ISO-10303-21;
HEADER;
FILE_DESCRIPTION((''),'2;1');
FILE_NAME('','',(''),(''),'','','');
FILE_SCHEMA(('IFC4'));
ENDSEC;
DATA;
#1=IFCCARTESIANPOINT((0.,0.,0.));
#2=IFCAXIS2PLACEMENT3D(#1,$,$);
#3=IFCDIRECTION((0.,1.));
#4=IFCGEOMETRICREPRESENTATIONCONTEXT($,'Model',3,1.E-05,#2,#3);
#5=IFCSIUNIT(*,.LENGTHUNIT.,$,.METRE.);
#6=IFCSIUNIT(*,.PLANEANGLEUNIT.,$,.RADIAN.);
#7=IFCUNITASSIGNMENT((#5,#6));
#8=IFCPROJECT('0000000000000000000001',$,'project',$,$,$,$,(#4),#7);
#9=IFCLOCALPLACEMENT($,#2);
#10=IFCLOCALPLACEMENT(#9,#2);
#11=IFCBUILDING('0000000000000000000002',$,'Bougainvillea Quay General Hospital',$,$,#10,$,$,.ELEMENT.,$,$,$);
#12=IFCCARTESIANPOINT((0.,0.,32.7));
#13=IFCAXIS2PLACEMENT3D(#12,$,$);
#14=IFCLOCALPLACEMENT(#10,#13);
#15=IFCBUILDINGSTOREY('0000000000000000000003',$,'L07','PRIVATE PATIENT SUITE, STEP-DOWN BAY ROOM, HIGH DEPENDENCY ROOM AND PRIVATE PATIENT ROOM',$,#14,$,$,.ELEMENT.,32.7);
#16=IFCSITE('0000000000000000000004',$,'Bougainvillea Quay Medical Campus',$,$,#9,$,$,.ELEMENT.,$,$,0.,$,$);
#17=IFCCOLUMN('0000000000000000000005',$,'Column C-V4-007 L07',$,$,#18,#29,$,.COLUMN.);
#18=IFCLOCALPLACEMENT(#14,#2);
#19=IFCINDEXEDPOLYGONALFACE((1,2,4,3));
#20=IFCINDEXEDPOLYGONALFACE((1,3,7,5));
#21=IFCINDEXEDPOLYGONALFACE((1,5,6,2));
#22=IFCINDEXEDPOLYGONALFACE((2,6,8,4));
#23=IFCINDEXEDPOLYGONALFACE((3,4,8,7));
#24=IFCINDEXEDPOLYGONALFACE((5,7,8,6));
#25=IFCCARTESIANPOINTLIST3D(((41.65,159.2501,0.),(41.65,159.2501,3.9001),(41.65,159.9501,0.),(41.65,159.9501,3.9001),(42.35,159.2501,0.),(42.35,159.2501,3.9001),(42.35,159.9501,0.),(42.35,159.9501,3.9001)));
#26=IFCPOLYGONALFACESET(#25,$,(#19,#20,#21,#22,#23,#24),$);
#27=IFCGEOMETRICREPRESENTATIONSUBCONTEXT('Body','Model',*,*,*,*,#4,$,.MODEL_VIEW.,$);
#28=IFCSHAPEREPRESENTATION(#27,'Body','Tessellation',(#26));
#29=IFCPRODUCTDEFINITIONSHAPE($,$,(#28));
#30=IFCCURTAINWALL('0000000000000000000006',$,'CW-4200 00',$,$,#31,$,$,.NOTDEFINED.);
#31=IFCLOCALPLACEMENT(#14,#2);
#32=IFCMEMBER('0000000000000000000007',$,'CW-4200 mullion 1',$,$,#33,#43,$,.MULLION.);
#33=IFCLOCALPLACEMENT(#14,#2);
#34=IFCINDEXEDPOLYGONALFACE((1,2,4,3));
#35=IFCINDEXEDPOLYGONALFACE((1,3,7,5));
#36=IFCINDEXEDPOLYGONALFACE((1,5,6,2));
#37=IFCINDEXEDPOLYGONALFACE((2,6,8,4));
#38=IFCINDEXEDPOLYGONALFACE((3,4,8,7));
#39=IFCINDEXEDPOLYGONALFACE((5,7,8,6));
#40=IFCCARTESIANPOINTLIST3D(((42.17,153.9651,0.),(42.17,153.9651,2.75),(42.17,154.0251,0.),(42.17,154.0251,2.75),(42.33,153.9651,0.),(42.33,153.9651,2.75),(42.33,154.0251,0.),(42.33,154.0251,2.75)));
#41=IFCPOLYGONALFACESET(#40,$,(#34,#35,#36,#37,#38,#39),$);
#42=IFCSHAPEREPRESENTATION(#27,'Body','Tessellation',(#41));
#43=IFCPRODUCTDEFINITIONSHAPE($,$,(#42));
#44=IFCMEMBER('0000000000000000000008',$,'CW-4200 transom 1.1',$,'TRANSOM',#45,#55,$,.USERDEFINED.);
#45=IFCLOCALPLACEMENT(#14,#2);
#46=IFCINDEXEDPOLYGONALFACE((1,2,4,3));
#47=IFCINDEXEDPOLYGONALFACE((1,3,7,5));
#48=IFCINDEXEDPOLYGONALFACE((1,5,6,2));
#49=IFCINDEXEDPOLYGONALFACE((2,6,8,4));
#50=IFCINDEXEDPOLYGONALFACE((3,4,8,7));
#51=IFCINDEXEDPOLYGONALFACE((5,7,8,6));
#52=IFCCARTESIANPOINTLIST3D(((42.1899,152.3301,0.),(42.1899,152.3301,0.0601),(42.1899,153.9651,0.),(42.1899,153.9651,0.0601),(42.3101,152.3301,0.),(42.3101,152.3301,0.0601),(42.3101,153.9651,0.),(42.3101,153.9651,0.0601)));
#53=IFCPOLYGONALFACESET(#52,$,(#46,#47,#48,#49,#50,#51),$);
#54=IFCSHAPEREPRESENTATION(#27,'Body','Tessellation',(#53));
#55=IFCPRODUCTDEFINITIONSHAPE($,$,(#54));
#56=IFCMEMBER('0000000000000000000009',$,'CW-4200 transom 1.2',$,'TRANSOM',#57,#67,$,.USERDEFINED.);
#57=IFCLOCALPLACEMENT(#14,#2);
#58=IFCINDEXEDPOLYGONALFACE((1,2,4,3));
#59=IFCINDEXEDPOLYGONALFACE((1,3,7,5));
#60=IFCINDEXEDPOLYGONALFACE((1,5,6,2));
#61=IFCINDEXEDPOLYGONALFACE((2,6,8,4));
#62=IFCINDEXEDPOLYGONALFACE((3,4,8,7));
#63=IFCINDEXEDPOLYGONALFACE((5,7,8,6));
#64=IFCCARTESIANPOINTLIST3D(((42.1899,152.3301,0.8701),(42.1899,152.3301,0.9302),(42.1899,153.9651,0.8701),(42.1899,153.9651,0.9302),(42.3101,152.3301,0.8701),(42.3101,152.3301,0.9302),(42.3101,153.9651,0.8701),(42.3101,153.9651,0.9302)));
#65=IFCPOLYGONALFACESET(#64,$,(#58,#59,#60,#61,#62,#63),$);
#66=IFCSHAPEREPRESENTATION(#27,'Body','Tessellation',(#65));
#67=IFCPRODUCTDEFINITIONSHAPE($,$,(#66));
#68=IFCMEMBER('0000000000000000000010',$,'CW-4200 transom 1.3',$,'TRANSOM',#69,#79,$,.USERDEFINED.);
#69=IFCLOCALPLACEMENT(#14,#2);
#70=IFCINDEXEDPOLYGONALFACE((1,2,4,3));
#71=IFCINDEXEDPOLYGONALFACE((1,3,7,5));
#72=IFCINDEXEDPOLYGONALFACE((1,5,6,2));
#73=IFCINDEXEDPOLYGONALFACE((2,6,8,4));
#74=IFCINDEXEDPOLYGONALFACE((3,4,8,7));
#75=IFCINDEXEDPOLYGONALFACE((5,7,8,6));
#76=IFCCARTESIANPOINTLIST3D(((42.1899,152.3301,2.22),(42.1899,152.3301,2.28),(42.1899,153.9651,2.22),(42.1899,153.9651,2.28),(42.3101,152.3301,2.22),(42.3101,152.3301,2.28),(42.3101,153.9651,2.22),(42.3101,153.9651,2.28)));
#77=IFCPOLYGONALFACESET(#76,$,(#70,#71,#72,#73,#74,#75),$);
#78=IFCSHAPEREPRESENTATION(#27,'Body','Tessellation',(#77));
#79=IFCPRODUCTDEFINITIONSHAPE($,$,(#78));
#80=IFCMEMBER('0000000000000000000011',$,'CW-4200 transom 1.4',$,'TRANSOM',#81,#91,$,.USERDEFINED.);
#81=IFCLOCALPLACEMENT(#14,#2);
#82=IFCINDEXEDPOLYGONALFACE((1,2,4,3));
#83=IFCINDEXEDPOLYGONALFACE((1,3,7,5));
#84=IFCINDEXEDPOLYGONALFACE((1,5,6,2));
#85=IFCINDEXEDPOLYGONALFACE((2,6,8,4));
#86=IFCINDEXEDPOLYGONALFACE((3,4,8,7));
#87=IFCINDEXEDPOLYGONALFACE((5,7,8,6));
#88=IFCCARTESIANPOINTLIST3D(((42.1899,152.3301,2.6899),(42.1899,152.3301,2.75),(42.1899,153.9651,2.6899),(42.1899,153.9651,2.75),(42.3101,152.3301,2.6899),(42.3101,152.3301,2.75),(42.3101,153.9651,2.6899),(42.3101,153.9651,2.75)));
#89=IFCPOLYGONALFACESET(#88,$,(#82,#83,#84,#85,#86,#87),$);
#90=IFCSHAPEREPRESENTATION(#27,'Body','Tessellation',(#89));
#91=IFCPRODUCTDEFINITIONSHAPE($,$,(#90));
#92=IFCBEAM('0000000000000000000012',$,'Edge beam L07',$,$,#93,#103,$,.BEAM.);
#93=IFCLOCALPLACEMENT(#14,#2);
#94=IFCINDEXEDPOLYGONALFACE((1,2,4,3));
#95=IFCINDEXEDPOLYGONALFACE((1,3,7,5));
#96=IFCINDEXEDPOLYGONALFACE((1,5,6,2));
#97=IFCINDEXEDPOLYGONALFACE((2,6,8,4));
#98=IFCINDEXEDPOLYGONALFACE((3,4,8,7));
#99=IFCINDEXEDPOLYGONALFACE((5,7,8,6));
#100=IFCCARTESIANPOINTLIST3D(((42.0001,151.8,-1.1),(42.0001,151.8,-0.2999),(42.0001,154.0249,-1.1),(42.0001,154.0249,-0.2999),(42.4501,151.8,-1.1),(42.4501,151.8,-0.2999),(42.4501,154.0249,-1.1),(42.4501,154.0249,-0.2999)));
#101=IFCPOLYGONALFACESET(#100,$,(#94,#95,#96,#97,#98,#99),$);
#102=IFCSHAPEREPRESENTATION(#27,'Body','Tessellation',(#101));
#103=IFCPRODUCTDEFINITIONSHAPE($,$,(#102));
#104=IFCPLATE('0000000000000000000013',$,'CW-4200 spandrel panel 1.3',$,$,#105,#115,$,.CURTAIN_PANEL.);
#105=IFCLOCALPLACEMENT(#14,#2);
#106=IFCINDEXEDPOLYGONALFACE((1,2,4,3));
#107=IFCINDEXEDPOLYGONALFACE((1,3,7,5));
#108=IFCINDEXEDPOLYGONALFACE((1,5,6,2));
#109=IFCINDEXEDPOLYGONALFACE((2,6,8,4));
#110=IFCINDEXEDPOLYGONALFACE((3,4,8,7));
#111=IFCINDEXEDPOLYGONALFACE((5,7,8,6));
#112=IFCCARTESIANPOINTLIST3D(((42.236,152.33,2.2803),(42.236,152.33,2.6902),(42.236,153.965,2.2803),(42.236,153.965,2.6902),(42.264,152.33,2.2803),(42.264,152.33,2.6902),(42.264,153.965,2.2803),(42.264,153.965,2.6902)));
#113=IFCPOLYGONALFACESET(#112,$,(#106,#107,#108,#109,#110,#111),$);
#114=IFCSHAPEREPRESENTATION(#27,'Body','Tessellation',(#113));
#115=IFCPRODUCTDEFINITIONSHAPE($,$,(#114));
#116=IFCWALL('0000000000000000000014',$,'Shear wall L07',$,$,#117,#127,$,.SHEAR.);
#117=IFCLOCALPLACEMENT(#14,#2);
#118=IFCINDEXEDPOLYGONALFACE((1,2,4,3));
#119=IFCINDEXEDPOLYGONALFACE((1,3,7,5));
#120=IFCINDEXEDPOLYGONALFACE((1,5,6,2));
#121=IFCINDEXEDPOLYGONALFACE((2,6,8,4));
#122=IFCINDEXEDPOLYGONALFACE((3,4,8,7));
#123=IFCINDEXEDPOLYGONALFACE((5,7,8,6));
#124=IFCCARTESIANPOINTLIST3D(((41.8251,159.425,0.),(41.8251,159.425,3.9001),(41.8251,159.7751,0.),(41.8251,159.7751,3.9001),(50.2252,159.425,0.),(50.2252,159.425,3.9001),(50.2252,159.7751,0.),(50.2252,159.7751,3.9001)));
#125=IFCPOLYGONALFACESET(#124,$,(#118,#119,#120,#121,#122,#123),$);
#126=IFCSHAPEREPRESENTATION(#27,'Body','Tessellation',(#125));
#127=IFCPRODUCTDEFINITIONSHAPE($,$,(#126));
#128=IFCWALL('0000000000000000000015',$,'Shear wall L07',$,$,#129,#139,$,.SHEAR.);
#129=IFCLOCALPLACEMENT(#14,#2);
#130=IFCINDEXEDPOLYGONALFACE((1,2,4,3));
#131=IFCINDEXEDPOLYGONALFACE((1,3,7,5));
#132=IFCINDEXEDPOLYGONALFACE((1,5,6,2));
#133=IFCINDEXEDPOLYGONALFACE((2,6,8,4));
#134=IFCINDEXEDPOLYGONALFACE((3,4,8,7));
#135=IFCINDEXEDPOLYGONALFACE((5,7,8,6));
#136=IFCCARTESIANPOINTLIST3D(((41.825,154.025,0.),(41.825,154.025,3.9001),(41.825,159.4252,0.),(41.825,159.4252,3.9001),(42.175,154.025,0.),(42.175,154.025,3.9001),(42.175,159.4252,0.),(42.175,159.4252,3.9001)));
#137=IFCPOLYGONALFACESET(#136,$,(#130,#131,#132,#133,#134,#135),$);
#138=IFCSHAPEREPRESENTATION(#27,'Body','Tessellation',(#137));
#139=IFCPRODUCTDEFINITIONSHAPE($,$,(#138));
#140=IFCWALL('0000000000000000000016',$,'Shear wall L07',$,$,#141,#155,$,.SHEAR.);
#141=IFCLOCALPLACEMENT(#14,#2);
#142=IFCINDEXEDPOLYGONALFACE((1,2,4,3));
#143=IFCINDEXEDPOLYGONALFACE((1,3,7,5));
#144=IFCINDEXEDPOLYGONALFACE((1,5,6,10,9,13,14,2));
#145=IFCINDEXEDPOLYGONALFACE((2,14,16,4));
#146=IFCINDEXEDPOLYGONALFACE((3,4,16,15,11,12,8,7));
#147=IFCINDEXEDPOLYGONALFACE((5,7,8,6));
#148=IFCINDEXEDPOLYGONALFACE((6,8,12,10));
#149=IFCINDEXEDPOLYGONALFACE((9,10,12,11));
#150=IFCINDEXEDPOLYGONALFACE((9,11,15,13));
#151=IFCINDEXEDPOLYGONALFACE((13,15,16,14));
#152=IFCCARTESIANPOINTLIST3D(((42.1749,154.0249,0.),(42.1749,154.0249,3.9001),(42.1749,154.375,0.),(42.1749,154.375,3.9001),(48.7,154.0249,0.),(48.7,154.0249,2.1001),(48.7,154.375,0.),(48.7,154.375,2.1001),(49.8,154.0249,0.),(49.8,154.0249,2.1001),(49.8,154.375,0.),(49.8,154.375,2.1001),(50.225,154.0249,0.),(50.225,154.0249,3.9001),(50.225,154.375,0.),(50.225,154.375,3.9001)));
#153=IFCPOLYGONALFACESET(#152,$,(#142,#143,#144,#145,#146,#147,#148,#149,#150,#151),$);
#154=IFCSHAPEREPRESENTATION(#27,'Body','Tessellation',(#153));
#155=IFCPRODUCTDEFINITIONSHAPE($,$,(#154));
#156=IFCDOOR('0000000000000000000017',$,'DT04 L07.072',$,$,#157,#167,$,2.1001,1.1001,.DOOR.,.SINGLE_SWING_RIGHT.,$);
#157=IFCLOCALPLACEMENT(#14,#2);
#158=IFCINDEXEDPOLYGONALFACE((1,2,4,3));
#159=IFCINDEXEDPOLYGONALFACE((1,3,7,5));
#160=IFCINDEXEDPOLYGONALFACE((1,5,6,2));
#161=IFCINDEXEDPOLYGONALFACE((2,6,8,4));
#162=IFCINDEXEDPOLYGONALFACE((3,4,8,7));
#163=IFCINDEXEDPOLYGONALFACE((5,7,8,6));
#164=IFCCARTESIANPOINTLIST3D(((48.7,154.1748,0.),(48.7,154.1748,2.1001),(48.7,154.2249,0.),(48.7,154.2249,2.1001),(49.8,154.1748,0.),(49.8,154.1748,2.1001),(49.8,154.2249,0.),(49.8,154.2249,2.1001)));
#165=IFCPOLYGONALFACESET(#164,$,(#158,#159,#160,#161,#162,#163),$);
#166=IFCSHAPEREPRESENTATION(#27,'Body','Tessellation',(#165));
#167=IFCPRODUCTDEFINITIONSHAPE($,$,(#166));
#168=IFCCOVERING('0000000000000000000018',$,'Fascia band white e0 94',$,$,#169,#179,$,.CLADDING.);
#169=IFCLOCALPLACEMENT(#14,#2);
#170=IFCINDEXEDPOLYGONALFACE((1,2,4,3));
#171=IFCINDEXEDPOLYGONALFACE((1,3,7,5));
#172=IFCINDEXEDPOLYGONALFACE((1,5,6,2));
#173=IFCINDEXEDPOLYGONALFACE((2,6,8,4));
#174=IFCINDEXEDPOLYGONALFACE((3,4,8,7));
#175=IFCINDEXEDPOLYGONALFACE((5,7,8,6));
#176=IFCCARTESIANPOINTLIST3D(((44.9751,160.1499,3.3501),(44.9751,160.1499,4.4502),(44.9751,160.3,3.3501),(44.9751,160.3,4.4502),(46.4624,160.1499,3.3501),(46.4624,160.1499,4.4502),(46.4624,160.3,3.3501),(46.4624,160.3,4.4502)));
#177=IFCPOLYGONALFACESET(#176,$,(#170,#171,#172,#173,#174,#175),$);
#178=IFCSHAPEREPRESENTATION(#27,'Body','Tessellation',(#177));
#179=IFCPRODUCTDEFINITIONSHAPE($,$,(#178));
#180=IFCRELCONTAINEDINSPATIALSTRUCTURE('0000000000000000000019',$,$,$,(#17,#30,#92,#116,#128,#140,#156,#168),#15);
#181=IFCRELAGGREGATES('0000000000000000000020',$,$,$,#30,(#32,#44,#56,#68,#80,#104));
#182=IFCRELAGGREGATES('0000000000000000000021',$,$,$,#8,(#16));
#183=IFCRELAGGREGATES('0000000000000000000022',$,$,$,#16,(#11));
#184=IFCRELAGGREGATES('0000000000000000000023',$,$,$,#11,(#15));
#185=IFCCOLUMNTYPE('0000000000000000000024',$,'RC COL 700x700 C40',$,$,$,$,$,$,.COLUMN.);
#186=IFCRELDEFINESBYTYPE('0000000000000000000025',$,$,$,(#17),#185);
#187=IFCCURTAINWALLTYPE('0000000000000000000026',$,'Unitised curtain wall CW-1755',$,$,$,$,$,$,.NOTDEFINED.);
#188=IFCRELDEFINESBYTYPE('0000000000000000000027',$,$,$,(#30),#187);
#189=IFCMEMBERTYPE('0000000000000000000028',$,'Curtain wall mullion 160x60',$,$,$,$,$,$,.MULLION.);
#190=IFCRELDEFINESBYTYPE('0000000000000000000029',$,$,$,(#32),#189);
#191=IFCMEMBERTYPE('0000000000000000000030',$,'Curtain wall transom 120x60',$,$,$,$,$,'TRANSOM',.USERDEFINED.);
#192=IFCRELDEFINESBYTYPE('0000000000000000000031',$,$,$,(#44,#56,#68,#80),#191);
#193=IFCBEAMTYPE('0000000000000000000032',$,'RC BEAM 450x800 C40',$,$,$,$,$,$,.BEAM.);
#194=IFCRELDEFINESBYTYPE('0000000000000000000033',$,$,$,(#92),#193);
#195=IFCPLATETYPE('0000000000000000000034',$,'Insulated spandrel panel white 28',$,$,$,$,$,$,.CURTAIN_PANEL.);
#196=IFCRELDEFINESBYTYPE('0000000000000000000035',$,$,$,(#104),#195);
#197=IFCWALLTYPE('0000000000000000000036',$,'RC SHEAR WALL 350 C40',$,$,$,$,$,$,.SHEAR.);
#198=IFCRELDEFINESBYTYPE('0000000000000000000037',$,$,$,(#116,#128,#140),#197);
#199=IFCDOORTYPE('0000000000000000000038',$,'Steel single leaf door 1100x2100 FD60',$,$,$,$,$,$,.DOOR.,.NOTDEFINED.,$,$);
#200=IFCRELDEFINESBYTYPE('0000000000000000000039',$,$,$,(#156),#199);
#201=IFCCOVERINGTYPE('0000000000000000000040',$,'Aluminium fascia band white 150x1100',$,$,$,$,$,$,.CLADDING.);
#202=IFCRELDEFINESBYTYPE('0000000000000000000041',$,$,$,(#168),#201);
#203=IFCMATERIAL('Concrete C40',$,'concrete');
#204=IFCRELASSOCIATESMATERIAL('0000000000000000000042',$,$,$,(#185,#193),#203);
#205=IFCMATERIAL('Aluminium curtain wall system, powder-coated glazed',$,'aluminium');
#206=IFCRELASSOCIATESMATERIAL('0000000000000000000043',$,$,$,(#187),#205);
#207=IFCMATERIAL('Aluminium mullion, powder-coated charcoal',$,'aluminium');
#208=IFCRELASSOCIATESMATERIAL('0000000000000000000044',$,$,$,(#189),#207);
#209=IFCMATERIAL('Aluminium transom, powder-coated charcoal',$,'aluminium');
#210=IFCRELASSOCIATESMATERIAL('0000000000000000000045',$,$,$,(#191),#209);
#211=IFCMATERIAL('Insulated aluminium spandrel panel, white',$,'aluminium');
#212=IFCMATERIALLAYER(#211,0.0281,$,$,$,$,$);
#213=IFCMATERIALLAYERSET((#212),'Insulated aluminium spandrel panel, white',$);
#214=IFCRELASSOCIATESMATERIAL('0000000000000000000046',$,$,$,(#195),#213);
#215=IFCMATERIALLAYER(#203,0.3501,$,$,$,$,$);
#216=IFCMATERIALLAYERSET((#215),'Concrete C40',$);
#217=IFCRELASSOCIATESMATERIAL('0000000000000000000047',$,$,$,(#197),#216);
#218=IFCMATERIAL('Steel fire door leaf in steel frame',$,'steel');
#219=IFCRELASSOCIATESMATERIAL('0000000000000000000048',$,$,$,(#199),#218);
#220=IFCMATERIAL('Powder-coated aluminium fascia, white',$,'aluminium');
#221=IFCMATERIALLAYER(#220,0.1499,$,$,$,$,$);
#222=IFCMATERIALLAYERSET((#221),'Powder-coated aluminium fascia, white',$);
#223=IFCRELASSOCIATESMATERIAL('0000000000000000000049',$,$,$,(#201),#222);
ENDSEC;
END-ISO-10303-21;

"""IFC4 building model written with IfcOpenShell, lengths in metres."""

from ifc_helpers import new_model, si_unit, direction, frame, frame_2d, origin, origin_2d, place, context, subcontext, project, spatial, polyline, rectangle, outline, extrude, material, layer, layer_set, material_profile, profile_set, type_object, element, fill, aggregate, save


model = new_model("IFC4")

# Units and contexts
model_context = context("Model", 3, precision=1e-05, world=origin(), true_north=direction((0.0, 1.0)))
body_context = subcontext(model_context, "Body", "Model", "MODEL_VIEW")
ifc_project = project(units=[si_unit("LENGTHUNIT", "METRE"), si_unit("PLANEANGLEUNIT", "RADIAN")], contexts=[model_context])

# Site, building, storey
site_placement = place(None, origin())
site = spatial("IfcSite", under=ifc_project, at=site_placement, Name="Bougainvillea Quay Medical Campus", CompositionType="ELEMENT", RefElevation=0.0)
building_placement = place(site_placement, origin())
building = spatial("IfcBuilding", under=site, at=building_placement, Name="Bougainvillea Quay General Hospital", CompositionType="ELEMENT")
storey_placement = place(building_placement, frame((0.0, 0.0, 32.7)))
storey = spatial("IfcBuildingStorey", under=building, at=storey_placement, Name="L07", Description="PRIVATE PATIENT SUITE, STEP-DOWN BAY ROOM, HIGH DEPENDENCY ROOM AND PRIVATE PATIENT ROOM", CompositionType="ELEMENT", Elevation=32.7)

# Column
ifc_material_1 = material(Name="Concrete C40", Category="concrete")
ifc_material_profile_1 = material_profile(ifc_material_1, rectangle(XDim=0.7, YDim=0.7, at=origin_2d()))
ifc_profile_set_1 = profile_set([ifc_material_profile_1], Name="Concrete C40")
column_type = type_object("IfcColumnType", Name="RC COL 700x700 C40", PredefinedType="COLUMN", material=ifc_profile_set_1)
column_placement = place(storey_placement, frame((42.0, 159.6001, 0.0), z_axis=(0.0, 0.0, 1.0), x_axis=(1.0, 0.0, 0.0)))
element("IfcColumn", 1, at=column_placement, inside=storey, type_object=column_type, Name="Column C-V4-007 L07", PredefinedType="COLUMN", context=body_context, shape_type="SweptSolid", body=[
    extrude(rectangle(XDim=0.7, YDim=0.7, at=origin_2d()), origin(), (0.0, 0.0, 1.0), 3.9001),
])

# Curtain wall, members
ifc_material_2 = material(Name="Aluminium curtain wall system, powder-coated glazed", Category="aluminium")
curtain_wall_type = type_object("IfcCurtainWallType", Name="Unitised curtain wall CW-1755", PredefinedType="NOTDEFINED", material=ifc_material_2)
curtain_wall_placement = place(storey_placement, origin())
curtain_wall = element("IfcCurtainWall", 2, at=curtain_wall_placement, inside=storey, type_object=curtain_wall_type, Name="CW-4200 00", PredefinedType="NOTDEFINED")
ifc_material_3 = material(Name="Aluminium mullion, powder-coated charcoal", Category="aluminium")
ifc_material_profile_2 = material_profile(ifc_material_3, rectangle(XDim=0.1599, YDim=0.0601, at=origin_2d()))
ifc_profile_set_2 = profile_set([ifc_material_profile_2], Name="Aluminium mullion, powder-coated charcoal")
member_type_1 = type_object("IfcMemberType", Name="Curtain wall mullion 160x60", PredefinedType="MULLION", material=ifc_profile_set_2)
member_1_placement = place(storey_placement, frame((42.25, 153.9951, 0.0), z_axis=(0.0, 0.0, 1.0), x_axis=(1.0, 0.0, 0.0)))
member_1 = element("IfcMember", 3, at=member_1_placement, type_object=member_type_1, Name="CW-4200 mullion 1", PredefinedType="MULLION", context=body_context, shape_type="SweptSolid", body=[
    extrude(rectangle(XDim=0.1599, YDim=0.0601, at=origin_2d()), origin(), (0.0, 0.0, 1.0), 2.75),
])
ifc_material_4 = material(Name="Aluminium transom, powder-coated charcoal", Category="aluminium")
ifc_material_profile_3 = material_profile(ifc_material_4, rectangle(XDim=0.1201, YDim=0.0601, at=origin_2d()))
ifc_profile_set_3 = profile_set([ifc_material_profile_3], Name="Aluminium transom, powder-coated charcoal")
member_type_2 = type_object("IfcMemberType", Name="Curtain wall transom 120x60", ElementType="TRANSOM", PredefinedType="USERDEFINED", material=ifc_profile_set_3)
member_2_placement = place(storey_placement, frame((42.25, 153.9651, 0.03), z_axis=(0.0, -1.0, 0.0), x_axis=(1.0, 0.0, 0.0)))
member_2 = element("IfcMember", 4, at=member_2_placement, type_object=member_type_2, Name="CW-4200 transom 1.1", ObjectType="TRANSOM", PredefinedType="USERDEFINED", context=body_context, shape_type="SweptSolid", body=[
    extrude(rectangle(XDim=0.1201, YDim=0.0601, at=origin_2d()), origin(), (0.0, 0.0, 1.0), 1.635),
])
member_3_placement = place(storey_placement, frame((42.25, 153.9651, 0.9001), z_axis=(0.0, -1.0, 0.0), x_axis=(1.0, 0.0, 0.0)))
member_3 = element("IfcMember", 5, at=member_3_placement, type_object=member_type_2, Name="CW-4200 transom 1.2", ObjectType="TRANSOM", PredefinedType="USERDEFINED", context=body_context, shape_type="SweptSolid", body=[
    extrude(rectangle(XDim=0.1201, YDim=0.0601, at=origin_2d()), origin(), (0.0, 0.0, 1.0), 1.635),
])
member_4_placement = place(storey_placement, frame((42.25, 153.9651, 2.25), z_axis=(0.0, -1.0, 0.0), x_axis=(1.0, 0.0, 0.0)))
member_4 = element("IfcMember", 6, at=member_4_placement, type_object=member_type_2, Name="CW-4200 transom 1.3", ObjectType="TRANSOM", PredefinedType="USERDEFINED", context=body_context, shape_type="SweptSolid", body=[
    extrude(rectangle(XDim=0.1201, YDim=0.0601, at=origin_2d()), origin(), (0.0, 0.0, 1.0), 1.635),
])
member_5_placement = place(storey_placement, frame((42.25, 153.9651, 2.72), z_axis=(0.0, -1.0, 0.0), x_axis=(1.0, 0.0, 0.0)))
member_5 = element("IfcMember", 7, at=member_5_placement, type_object=member_type_2, Name="CW-4200 transom 1.4", ObjectType="TRANSOM", PredefinedType="USERDEFINED", context=body_context, shape_type="SweptSolid", body=[
    extrude(rectangle(XDim=0.1201, YDim=0.0601, at=origin_2d()), origin(), (0.0, 0.0, 1.0), 1.635),
])

# Beam
ifc_material_profile_4 = material_profile(ifc_material_1, rectangle(XDim=0.45, YDim=0.8, at=origin_2d()))
ifc_profile_set_4 = profile_set([ifc_material_profile_4], Name="Concrete C40")
beam_type = type_object("IfcBeamType", Name="RC BEAM 450x800 C40", PredefinedType="BEAM", material=ifc_profile_set_4)
beam_placement = place(storey_placement, frame((42.2251, 154.0249, -0.7), z_axis=(0.0, -1.0, 0.0), x_axis=(1.0, 0.0, 0.0)))
element("IfcBeam", 8, at=beam_placement, inside=storey, type_object=beam_type, Name="Edge beam L07", PredefinedType="BEAM", context=body_context, shape_type="SweptSolid", body=[
    extrude(rectangle(XDim=0.45, YDim=0.8, at=origin_2d()), origin(), (0.0, 0.0, 1.0), 2.2249),
])

# Plate
ifc_material_5 = material(Name="Insulated aluminium spandrel panel, white", Category="aluminium")
ifc_layer_1 = layer(ifc_material_5, 0.0281)
ifc_layer_set_1 = layer_set([ifc_layer_1], Name="Insulated aluminium spandrel panel, white")
plate_type = type_object("IfcPlateType", Name="Insulated spandrel panel white 28", PredefinedType="CURTAIN_PANEL", material=ifc_layer_set_1)
plate_placement = place(storey_placement, frame((42.25, 153.1475, 2.2803), z_axis=(0.0, 0.0, 1.0), x_axis=(0.0, -1.0, 0.0)))
plate = element("IfcPlate", 9, at=plate_placement, type_object=plate_type, Name="CW-4200 spandrel panel 1.3", PredefinedType="CURTAIN_PANEL", context=body_context, shape_type="SweptSolid", body=[
    extrude(rectangle(XDim=1.635, YDim=0.0281, at=origin_2d()), origin(), (0.0, 0.0, 1.0), 0.4099),
])
aggregate(curtain_wall, [member_1, member_2, member_3, member_4, member_5, plate])

# Walls
ifc_layer_2 = layer(ifc_material_1, 0.3501)
ifc_layer_set_2 = layer_set([ifc_layer_2], Name="Concrete C40")
wall_type = type_object("IfcWallType", Name="RC SHEAR WALL 350 C40", PredefinedType="SHEAR", material=ifc_layer_set_2)
wall_1_placement = place(storey_placement, frame((41.825, 159.6001, 0.0), z_axis=(0.0, 0.0, 1.0), x_axis=(1.0, 0.0, 0.0)))
element("IfcWall", 10, at=wall_1_placement, inside=storey, type_object=wall_type, Name="Shear wall L07", PredefinedType="SHEAR", context=body_context, shape_type="SweptSolid", body=[
    extrude(rectangle(XDim=8.4001, YDim=0.3501, at=frame_2d((4.2002, 0.0))), origin(), (0.0, 0.0, 1.0), 3.9001),
])
wall_2_placement = place(storey_placement, frame((42.0, 154.0249, 0.0), z_axis=(0.0, 0.0, 1.0), x_axis=(0.0, 1.0, 0.0)))
element("IfcWall", 11, at=wall_2_placement, inside=storey, type_object=wall_type, Name="Shear wall L07", PredefinedType="SHEAR", context=body_context, shape_type="SweptSolid", body=[
    extrude(rectangle(XDim=5.4001, YDim=0.3501, at=frame_2d((2.7002, 0.0))), origin(), (0.0, 0.0, 1.0), 3.9001),
])

# Wall, opening, door
wall_3_placement = place(storey_placement, frame((42.175, 154.2, 0.0), z_axis=(0.0, 0.0, 1.0), x_axis=(1.0, 0.0, 0.0)))
wall_3 = element("IfcWall", 12, at=wall_3_placement, inside=storey, type_object=wall_type, Name="Shear wall L07", PredefinedType="SHEAR", context=body_context, shape_type="SweptSolid", body=[
    extrude(rectangle(XDim=8.05, YDim=0.3501, at=frame_2d((4.0249, 0.0))), origin(), (0.0, 0.0, 1.0), 3.9001),
])
opening_placement = place(wall_3_placement, frame((6.5249, 0.0, 0.0)))
opening = element("IfcOpeningElement", 13, at=opening_placement, cuts=wall_3, PredefinedType="OPENING", context=body_context, shape_type="SweptSolid", body=[
    extrude(rectangle(XDim=1.1001, YDim=2.1001, at=frame_2d((0.55, 1.05))), frame((0.0, 0.1851, 0.0), z_axis=(0.0, -1.0, 0.0), x_axis=(1.0, 0.0, 0.0)), (0.0, 0.0, 1.0), 0.3701),
])
ifc_material_6 = material(Name="Steel fire door leaf in steel frame", Category="steel")
door_type = type_object("IfcDoorType", Name="Steel single leaf door 1100x2100 FD60", OperationType="NOTDEFINED", PredefinedType="DOOR", material=ifc_material_6)
door_placement = place(opening_placement, origin())
door = element("IfcDoor", 14, at=door_placement, inside=storey, type_object=door_type, Name="DT04 L07.072", OperationType="SINGLE_SWING_RIGHT", OverallHeight=2.1001, OverallWidth=1.1001, PredefinedType="DOOR", context=body_context, shape_type="SweptSolid", body=[
    extrude(rectangle(XDim=1.1001, YDim=2.1001, at=frame_2d((0.55, 1.05))), frame((0.0, 0.0249, 0.0), z_axis=(0.0, -1.0, 0.0), x_axis=(1.0, 0.0, 0.0)), (0.0, 0.0, 1.0), 0.05),
])
fill(opening, door)

# Covering
ifc_material_7 = material(Name="Powder-coated aluminium fascia, white", Category="aluminium")
ifc_layer_3 = layer(ifc_material_7, 0.1499)
ifc_layer_set_3 = layer_set([ifc_layer_3], Name="Powder-coated aluminium fascia, white")
covering_type = type_object("IfcCoveringType", Name="Aluminium fascia band white 150x1100", PredefinedType="CLADDING", material=ifc_layer_set_3)
covering_1_placement = place(storey_placement, frame((46.4624, 160.1499, 3.3501), z_axis=(0.0, 0.0, 1.0), x_axis=(-1.0, 0.0, 0.0)))
element("IfcCovering", 15, at=covering_1_placement, inside=storey, type_object=covering_type, Name="Fascia band white e0 94", PredefinedType="CLADDING", context=body_context, shape_type="SweptSolid", body=[
    extrude(outline(polyline([(0.0, 0.0), (1.4873, 0.0), (1.4873, -0.1501), (0.0, -0.1501), (0.0, 0.0)])), origin(), (0.0, 0.0, 1.0), 1.1001),
])

save(model, "model.ifc")
